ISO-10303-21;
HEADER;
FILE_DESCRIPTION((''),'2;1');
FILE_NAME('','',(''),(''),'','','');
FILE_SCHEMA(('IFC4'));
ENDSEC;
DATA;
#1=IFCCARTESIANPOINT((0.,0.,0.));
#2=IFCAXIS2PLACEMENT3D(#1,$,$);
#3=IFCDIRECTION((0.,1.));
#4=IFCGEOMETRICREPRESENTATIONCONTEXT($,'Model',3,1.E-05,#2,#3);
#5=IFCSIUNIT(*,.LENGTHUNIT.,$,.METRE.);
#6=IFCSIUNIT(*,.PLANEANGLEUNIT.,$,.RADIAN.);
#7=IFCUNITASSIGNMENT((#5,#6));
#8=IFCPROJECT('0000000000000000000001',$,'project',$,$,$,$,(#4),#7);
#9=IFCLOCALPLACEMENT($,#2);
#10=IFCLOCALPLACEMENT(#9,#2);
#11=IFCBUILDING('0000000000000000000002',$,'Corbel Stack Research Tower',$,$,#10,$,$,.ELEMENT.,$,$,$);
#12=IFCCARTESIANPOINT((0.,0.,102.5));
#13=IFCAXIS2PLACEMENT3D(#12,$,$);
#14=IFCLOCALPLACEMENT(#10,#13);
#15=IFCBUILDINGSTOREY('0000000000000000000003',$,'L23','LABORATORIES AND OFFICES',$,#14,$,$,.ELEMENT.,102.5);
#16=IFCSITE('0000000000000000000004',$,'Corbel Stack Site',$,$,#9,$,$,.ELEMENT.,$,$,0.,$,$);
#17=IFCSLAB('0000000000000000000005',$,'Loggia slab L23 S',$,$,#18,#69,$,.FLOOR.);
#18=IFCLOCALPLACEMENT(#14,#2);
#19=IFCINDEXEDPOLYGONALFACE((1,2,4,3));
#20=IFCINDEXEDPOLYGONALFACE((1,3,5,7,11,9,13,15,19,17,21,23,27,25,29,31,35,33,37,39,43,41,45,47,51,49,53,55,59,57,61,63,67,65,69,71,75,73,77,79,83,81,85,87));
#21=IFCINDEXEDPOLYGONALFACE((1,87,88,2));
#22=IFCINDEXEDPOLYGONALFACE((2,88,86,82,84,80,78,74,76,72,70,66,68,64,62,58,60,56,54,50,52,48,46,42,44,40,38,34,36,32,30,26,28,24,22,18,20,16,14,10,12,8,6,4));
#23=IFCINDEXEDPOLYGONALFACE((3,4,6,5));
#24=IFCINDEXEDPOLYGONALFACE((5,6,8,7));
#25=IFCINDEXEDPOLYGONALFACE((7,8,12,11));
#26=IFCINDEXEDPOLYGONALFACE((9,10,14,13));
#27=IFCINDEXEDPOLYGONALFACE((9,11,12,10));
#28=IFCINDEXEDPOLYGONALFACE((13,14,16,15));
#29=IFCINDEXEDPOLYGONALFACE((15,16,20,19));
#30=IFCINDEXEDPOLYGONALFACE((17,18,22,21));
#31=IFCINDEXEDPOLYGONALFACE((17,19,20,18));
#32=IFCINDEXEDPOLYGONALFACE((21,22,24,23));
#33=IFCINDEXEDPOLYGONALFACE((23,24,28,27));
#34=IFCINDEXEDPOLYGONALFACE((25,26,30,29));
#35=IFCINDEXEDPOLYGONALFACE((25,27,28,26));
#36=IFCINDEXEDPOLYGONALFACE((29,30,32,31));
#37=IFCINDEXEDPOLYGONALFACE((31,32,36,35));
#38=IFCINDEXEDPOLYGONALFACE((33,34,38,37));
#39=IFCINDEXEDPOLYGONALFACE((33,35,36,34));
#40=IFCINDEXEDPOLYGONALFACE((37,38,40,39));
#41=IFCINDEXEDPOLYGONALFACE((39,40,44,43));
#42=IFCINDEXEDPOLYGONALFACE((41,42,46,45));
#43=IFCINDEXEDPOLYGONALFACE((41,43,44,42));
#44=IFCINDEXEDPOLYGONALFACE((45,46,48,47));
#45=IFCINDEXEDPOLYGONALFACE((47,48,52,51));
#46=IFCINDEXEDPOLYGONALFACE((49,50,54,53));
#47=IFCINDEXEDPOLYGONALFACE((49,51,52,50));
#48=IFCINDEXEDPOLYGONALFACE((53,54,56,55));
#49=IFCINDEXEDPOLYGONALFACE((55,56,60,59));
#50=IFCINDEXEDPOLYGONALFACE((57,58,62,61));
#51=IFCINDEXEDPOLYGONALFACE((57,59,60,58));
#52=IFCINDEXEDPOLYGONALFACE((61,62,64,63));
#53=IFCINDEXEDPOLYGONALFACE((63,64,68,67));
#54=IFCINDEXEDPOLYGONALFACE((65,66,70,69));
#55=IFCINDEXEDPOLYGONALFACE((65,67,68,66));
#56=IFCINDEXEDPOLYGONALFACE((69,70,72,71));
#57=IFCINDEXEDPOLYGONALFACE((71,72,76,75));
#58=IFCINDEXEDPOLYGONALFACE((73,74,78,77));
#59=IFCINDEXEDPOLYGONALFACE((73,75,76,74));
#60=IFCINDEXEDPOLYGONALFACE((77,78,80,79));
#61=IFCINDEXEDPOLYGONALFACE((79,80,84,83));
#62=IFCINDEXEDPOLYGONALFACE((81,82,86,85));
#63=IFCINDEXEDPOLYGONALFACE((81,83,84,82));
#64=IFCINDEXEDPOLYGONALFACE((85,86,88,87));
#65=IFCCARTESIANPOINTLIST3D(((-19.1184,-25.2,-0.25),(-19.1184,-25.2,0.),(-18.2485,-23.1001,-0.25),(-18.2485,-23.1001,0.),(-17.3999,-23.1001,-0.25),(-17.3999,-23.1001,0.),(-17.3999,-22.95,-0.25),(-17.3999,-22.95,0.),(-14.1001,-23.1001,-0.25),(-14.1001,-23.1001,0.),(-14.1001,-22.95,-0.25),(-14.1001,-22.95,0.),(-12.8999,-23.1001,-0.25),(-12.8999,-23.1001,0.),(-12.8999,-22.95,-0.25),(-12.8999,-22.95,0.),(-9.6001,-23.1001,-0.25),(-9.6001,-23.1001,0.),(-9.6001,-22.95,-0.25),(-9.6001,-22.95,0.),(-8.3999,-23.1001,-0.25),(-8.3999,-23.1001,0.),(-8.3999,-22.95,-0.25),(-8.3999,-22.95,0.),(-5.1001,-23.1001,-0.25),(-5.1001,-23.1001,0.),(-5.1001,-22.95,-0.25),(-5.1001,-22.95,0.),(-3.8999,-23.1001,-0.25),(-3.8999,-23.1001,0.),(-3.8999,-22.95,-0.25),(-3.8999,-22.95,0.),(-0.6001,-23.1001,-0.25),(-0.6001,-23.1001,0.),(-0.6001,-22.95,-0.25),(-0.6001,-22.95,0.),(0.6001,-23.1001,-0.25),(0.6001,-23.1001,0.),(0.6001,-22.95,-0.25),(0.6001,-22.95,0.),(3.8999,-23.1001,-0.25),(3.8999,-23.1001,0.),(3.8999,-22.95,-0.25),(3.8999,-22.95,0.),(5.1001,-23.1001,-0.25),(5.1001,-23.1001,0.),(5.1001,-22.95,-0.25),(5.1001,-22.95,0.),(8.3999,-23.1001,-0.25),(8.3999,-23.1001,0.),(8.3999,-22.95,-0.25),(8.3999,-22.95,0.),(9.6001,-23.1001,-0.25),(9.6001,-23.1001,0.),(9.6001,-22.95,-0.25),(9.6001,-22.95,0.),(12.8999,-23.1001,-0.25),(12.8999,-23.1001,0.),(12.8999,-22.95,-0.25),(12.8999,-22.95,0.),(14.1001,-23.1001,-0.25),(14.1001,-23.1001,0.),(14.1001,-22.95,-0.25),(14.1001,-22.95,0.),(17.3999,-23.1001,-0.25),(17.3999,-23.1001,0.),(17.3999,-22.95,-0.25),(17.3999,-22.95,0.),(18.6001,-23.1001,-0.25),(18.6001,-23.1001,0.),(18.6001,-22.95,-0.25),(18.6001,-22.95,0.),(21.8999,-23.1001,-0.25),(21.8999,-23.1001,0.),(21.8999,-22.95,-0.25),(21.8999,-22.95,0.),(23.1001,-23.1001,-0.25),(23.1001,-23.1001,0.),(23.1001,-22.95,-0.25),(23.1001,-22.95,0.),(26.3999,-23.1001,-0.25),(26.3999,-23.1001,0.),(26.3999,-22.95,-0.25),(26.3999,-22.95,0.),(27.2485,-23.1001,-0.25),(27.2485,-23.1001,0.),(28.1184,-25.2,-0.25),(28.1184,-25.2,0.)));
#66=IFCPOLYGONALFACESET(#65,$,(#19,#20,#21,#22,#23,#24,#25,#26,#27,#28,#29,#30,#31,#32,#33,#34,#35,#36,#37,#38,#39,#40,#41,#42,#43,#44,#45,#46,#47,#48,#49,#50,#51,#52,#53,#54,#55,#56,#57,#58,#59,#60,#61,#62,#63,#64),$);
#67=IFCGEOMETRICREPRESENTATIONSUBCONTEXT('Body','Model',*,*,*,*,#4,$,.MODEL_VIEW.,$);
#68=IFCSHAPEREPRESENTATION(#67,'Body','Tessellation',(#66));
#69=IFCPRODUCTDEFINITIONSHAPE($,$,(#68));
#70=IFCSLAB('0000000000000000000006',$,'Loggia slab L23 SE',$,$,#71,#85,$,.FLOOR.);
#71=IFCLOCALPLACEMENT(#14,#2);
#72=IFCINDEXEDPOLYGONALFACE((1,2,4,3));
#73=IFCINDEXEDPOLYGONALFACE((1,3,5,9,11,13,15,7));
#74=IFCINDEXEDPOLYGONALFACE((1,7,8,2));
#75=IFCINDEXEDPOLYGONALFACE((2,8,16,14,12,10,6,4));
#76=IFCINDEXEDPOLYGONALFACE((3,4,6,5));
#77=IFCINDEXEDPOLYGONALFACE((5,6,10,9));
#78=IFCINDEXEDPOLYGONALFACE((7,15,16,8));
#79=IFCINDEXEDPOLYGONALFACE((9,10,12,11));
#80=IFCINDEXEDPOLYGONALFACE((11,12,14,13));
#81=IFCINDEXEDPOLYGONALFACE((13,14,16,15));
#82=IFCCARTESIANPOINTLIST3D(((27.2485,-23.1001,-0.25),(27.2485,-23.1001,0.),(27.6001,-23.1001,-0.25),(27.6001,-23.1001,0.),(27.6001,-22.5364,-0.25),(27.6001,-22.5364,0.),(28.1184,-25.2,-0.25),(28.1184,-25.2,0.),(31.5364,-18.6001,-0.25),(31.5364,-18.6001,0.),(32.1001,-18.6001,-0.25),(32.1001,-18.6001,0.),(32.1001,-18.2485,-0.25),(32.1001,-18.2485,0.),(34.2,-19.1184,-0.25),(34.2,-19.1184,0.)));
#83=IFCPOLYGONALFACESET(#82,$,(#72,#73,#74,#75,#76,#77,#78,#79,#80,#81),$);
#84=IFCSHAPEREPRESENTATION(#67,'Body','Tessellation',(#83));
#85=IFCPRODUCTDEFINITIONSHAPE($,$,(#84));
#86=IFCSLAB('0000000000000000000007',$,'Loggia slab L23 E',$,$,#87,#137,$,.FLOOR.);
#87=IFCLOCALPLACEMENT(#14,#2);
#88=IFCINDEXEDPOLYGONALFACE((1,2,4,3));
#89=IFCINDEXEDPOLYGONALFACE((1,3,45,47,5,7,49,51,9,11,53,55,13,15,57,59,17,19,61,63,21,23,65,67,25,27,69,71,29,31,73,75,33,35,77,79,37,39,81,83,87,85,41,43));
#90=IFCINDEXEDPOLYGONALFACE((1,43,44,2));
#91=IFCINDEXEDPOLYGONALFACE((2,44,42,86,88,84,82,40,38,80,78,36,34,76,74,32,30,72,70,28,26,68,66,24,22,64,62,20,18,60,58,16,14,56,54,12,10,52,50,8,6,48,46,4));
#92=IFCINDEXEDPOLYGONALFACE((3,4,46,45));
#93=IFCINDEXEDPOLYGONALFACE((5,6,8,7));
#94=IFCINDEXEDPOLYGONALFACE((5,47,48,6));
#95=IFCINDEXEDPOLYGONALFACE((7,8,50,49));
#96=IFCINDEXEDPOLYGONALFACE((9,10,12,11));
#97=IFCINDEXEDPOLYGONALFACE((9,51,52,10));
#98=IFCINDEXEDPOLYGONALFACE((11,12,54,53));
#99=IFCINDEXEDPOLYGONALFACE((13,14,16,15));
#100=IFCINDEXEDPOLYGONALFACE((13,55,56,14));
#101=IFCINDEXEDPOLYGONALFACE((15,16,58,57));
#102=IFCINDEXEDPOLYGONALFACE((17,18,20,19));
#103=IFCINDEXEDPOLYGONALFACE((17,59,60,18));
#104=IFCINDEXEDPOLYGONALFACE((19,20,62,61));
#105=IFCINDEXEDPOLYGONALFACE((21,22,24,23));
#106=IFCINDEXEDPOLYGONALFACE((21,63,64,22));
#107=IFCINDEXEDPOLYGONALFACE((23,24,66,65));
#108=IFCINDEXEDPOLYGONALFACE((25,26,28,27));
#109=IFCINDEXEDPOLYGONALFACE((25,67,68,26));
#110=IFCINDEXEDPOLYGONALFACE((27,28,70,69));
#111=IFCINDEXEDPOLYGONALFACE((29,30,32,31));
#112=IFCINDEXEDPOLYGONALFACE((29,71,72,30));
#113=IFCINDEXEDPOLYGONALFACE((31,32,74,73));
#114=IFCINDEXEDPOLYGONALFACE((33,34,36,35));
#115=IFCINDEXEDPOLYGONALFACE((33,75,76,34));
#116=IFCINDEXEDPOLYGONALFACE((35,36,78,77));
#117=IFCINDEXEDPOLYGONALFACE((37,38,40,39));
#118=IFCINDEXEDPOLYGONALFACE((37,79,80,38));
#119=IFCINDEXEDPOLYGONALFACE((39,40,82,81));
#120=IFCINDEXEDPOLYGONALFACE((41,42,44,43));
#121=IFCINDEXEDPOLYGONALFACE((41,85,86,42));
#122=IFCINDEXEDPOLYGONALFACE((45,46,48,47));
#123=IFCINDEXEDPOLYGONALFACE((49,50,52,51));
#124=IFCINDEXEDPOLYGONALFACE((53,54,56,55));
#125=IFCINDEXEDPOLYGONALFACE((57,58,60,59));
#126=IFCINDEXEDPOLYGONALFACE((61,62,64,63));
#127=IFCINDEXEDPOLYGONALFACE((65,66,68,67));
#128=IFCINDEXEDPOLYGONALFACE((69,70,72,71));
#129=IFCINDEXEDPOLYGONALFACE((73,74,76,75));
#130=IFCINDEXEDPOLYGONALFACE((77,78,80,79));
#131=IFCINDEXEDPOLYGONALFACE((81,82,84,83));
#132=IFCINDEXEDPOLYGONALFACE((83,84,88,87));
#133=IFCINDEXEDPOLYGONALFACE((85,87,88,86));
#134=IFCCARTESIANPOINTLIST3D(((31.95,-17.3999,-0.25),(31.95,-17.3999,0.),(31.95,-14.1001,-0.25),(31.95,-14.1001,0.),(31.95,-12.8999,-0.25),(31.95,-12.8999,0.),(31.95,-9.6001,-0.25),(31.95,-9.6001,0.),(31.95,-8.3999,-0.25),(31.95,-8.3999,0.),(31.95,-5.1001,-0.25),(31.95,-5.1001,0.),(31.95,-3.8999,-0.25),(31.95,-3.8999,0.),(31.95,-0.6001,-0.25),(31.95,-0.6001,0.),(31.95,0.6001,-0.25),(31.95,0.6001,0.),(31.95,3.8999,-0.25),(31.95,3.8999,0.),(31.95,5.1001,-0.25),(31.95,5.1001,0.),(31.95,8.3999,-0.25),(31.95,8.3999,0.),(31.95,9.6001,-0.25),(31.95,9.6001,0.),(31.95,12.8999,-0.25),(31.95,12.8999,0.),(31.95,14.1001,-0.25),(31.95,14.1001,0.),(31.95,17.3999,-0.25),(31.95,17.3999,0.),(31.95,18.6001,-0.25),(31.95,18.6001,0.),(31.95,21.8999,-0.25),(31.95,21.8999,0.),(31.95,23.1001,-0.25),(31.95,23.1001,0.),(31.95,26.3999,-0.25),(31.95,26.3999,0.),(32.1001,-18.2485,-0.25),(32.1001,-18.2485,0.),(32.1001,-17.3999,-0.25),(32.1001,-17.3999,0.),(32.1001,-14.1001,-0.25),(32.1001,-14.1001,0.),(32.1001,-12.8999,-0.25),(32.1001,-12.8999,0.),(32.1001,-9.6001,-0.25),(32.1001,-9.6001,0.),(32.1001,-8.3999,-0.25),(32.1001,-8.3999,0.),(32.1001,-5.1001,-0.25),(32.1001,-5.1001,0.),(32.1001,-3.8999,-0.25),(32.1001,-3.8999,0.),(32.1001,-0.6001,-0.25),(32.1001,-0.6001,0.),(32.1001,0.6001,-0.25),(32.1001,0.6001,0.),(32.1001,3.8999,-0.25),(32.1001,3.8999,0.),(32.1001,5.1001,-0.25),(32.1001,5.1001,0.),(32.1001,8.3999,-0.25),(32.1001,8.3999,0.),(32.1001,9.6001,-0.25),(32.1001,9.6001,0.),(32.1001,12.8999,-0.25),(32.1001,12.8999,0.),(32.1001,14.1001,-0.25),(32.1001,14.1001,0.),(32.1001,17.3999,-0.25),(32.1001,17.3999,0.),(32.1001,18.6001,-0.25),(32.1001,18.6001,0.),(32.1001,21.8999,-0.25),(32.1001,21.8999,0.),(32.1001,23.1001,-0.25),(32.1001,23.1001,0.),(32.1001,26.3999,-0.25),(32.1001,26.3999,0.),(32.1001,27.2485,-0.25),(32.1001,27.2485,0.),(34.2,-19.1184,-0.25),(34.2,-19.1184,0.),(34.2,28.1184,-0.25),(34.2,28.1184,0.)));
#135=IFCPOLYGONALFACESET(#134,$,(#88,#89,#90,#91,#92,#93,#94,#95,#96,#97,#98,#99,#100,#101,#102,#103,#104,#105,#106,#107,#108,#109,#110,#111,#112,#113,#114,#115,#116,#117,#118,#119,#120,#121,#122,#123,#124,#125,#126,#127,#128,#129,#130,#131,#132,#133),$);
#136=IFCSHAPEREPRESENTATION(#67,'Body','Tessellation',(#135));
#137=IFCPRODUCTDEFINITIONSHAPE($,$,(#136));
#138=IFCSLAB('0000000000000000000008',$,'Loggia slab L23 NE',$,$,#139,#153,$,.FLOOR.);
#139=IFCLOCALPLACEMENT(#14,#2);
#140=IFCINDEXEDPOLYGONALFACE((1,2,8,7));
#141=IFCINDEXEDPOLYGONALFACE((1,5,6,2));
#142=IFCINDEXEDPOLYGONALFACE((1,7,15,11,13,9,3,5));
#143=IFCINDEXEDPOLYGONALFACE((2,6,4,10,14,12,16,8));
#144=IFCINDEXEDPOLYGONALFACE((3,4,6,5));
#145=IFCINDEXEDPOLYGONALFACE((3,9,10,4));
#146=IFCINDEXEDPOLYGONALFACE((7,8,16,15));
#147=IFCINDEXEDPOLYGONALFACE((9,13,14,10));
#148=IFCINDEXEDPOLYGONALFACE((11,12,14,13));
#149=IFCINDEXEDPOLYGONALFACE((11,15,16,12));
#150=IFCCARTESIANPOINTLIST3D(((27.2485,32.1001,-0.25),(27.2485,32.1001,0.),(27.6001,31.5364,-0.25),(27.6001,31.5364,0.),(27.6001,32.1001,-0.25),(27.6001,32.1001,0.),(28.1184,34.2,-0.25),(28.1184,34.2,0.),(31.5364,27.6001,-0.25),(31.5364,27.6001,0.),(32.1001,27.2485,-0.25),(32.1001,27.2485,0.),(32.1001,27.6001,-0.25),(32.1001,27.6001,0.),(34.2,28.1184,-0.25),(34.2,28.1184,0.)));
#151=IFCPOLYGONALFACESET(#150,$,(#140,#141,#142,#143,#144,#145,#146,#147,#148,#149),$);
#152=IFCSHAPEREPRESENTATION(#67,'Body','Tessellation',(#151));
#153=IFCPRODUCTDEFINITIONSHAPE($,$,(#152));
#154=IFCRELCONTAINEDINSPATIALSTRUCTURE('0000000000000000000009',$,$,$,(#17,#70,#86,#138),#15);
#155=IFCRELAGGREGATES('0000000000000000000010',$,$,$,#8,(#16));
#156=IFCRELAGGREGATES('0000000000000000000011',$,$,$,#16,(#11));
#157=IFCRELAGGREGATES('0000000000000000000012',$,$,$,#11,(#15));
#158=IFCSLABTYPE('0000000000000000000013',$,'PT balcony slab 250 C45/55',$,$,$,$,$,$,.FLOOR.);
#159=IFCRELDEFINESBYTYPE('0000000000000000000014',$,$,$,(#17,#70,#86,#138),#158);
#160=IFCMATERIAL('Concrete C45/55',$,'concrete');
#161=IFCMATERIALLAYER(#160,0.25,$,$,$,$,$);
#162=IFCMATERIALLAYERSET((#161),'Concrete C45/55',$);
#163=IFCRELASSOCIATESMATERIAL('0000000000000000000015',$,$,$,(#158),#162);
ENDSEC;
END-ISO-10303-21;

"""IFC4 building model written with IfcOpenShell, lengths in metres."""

from ifc_helpers import new_model, si_unit, direction, frame, origin, place, context, subcontext, project, spatial, polyline, outline, extrude, material, layer, layer_set, type_object, element, save


model = new_model("IFC4")

# Units and contexts
model_context = context("Model", 3, precision=1e-05, world=origin(), true_north=direction((0.0, 1.0)))
body_context = subcontext(model_context, "Body", "Model", "MODEL_VIEW")
ifc_project = project(units=[si_unit("LENGTHUNIT", "METRE"), si_unit("PLANEANGLEUNIT", "RADIAN")], contexts=[model_context])

# Site, building, storey
site_placement = place(None, origin())
site = spatial("IfcSite", under=ifc_project, at=site_placement, Name="Corbel Stack Site", CompositionType="ELEMENT", RefElevation=0.0)
building_placement = place(site_placement, origin())
building = spatial("IfcBuilding", under=site, at=building_placement, Name="Corbel Stack Research Tower", CompositionType="ELEMENT")
storey_placement = place(building_placement, frame((0.0, 0.0, 102.5)))
storey = spatial("IfcBuildingStorey", under=building, at=storey_placement, Name="L23", Description="LABORATORIES AND OFFICES", CompositionType="ELEMENT", Elevation=102.5)

# Slabs
ifc_material_1 = material(Name="Concrete C45/55", Category="concrete")
ifc_layer_1 = layer(ifc_material_1, 0.25)
ifc_layer_set_1 = layer_set([ifc_layer_1], Name="Concrete C45/55")
slab_type_1 = type_object("IfcSlabType", Name="PT balcony slab 250 C45/55", PredefinedType="FLOOR", material=ifc_layer_set_1)
slab_1_placement = place(storey_placement, frame((0.0, 0.0, -0.25)))
element("IfcSlab", 1, at=slab_1_placement, inside=storey, type_object=slab_type_1, Name="Loggia slab L23 S", PredefinedType="FLOOR", context=body_context, shape_type="SweptSolid", body=[
    extrude(outline(polyline([(27.2485, -23.1001), (26.3999, -23.1001), (26.3999, -22.95), (23.1001, -22.95), (23.1001, -23.1001), (21.8999, -23.1001), (21.8999, -22.95), (18.6001, -22.95), (18.6001, -23.1001), (17.3999, -23.1001), (17.3999, -22.95), (14.1001, -22.95), (14.1001, -23.1001), (12.8999, -23.1001), (12.8999, -22.95), (9.6001, -22.95), (9.6001, -23.1001), (8.3999, -23.1001), (8.3999, -22.95), (5.1001, -22.95), (5.1001, -23.1001), (3.8999, -23.1001), (3.8999, -22.95), (0.6001, -22.95), (0.6001, -23.1001), (-0.6001, -23.1001), (-0.6001, -22.95), (-3.8999, -22.95), (-3.8999, -23.1001), (-5.1001, -23.1001), (-5.1001, -22.95), (-8.3999, -22.95), (-8.3999, -23.1001), (-9.6001, -23.1001), (-9.6001, -22.95), (-12.8999, -22.95), (-12.8999, -23.1001), (-14.1001, -23.1001), (-14.1001, -22.95), (-17.3999, -22.95), (-17.3999, -23.1001), (-18.2485, -23.1001), (-19.1184, -25.2), (28.1184, -25.2), (27.2485, -23.1001)])), origin(), (0.0, 0.0, 1.0), 0.25),
])
slab_2_placement = place(storey_placement, frame((0.0, 0.0, -0.25)))
element("IfcSlab", 2, at=slab_2_placement, inside=storey, type_object=slab_type_1, Name="Loggia slab L23 SE", PredefinedType="FLOOR", context=body_context, shape_type="SweptSolid", body=[
    extrude(outline(polyline([(32.1001, -18.2485), (32.1001, -18.6001), (31.5364, -18.6001), (27.6001, -22.5364), (27.6001, -23.1001), (27.2485, -23.1001), (28.1184, -25.2), (34.2, -19.1184), (32.1001, -18.2485)])), origin(), (0.0, 0.0, 1.0), 0.25),
])
slab_3_placement = place(storey_placement, frame((0.0, 0.0, -0.25)))
element("IfcSlab", 3, at=slab_3_placement, inside=storey, type_object=slab_type_1, Name="Loggia slab L23 E", PredefinedType="FLOOR", context=body_context, shape_type="SweptSolid", body=[
    extrude(outline(polyline([(32.1001, 27.2485), (32.1001, 26.3999), (31.95, 26.3999), (31.95, 23.1001), (32.1001, 23.1001), (32.1001, 21.8999), (31.95, 21.8999), (31.95, 18.6001), (32.1001, 18.6001), (32.1001, 17.3999), (31.95, 17.3999), (31.95, 14.1001), (32.1001, 14.1001), (32.1001, 12.8999), (31.95, 12.8999), (31.95, 9.6001), (32.1001, 9.6001), (32.1001, 8.3999), (31.95, 8.3999), (31.95, 5.1001), (32.1001, 5.1001), (32.1001, 3.8999), (31.95, 3.8999), (31.95, 0.6001), (32.1001, 0.6001), (32.1001, -0.6001), (31.95, -0.6001), (31.95, -3.8999), (32.1001, -3.8999), (32.1001, -5.1001), (31.95, -5.1001), (31.95, -8.3999), (32.1001, -8.3999), (32.1001, -9.6001), (31.95, -9.6001), (31.95, -12.8999), (32.1001, -12.8999), (32.1001, -14.1001), (31.95, -14.1001), (31.95, -17.3999), (32.1001, -17.3999), (32.1001, -18.2485), (34.2, -19.1184), (34.2, 28.1184), (32.1001, 27.2485)])), origin(), (0.0, 0.0, 1.0), 0.25),
])
slab_4_placement = place(storey_placement, frame((0.0, 0.0, -0.25)))
element("IfcSlab", 4, at=slab_4_placement, inside=storey, type_object=slab_type_1, Name="Loggia slab L23 NE", PredefinedType="FLOOR", context=body_context, shape_type="SweptSolid", body=[
    extrude(outline(polyline([(27.2485, 32.1001), (27.6001, 32.1001), (27.6001, 31.5364), (31.5364, 27.6001), (32.1001, 27.6001), (32.1001, 27.2485), (34.2, 28.1184), (28.1184, 34.2), (27.2485, 32.1001)])), origin(), (0.0, 0.0, 1.0), 0.25),
])

save(model, "model.ifc")
